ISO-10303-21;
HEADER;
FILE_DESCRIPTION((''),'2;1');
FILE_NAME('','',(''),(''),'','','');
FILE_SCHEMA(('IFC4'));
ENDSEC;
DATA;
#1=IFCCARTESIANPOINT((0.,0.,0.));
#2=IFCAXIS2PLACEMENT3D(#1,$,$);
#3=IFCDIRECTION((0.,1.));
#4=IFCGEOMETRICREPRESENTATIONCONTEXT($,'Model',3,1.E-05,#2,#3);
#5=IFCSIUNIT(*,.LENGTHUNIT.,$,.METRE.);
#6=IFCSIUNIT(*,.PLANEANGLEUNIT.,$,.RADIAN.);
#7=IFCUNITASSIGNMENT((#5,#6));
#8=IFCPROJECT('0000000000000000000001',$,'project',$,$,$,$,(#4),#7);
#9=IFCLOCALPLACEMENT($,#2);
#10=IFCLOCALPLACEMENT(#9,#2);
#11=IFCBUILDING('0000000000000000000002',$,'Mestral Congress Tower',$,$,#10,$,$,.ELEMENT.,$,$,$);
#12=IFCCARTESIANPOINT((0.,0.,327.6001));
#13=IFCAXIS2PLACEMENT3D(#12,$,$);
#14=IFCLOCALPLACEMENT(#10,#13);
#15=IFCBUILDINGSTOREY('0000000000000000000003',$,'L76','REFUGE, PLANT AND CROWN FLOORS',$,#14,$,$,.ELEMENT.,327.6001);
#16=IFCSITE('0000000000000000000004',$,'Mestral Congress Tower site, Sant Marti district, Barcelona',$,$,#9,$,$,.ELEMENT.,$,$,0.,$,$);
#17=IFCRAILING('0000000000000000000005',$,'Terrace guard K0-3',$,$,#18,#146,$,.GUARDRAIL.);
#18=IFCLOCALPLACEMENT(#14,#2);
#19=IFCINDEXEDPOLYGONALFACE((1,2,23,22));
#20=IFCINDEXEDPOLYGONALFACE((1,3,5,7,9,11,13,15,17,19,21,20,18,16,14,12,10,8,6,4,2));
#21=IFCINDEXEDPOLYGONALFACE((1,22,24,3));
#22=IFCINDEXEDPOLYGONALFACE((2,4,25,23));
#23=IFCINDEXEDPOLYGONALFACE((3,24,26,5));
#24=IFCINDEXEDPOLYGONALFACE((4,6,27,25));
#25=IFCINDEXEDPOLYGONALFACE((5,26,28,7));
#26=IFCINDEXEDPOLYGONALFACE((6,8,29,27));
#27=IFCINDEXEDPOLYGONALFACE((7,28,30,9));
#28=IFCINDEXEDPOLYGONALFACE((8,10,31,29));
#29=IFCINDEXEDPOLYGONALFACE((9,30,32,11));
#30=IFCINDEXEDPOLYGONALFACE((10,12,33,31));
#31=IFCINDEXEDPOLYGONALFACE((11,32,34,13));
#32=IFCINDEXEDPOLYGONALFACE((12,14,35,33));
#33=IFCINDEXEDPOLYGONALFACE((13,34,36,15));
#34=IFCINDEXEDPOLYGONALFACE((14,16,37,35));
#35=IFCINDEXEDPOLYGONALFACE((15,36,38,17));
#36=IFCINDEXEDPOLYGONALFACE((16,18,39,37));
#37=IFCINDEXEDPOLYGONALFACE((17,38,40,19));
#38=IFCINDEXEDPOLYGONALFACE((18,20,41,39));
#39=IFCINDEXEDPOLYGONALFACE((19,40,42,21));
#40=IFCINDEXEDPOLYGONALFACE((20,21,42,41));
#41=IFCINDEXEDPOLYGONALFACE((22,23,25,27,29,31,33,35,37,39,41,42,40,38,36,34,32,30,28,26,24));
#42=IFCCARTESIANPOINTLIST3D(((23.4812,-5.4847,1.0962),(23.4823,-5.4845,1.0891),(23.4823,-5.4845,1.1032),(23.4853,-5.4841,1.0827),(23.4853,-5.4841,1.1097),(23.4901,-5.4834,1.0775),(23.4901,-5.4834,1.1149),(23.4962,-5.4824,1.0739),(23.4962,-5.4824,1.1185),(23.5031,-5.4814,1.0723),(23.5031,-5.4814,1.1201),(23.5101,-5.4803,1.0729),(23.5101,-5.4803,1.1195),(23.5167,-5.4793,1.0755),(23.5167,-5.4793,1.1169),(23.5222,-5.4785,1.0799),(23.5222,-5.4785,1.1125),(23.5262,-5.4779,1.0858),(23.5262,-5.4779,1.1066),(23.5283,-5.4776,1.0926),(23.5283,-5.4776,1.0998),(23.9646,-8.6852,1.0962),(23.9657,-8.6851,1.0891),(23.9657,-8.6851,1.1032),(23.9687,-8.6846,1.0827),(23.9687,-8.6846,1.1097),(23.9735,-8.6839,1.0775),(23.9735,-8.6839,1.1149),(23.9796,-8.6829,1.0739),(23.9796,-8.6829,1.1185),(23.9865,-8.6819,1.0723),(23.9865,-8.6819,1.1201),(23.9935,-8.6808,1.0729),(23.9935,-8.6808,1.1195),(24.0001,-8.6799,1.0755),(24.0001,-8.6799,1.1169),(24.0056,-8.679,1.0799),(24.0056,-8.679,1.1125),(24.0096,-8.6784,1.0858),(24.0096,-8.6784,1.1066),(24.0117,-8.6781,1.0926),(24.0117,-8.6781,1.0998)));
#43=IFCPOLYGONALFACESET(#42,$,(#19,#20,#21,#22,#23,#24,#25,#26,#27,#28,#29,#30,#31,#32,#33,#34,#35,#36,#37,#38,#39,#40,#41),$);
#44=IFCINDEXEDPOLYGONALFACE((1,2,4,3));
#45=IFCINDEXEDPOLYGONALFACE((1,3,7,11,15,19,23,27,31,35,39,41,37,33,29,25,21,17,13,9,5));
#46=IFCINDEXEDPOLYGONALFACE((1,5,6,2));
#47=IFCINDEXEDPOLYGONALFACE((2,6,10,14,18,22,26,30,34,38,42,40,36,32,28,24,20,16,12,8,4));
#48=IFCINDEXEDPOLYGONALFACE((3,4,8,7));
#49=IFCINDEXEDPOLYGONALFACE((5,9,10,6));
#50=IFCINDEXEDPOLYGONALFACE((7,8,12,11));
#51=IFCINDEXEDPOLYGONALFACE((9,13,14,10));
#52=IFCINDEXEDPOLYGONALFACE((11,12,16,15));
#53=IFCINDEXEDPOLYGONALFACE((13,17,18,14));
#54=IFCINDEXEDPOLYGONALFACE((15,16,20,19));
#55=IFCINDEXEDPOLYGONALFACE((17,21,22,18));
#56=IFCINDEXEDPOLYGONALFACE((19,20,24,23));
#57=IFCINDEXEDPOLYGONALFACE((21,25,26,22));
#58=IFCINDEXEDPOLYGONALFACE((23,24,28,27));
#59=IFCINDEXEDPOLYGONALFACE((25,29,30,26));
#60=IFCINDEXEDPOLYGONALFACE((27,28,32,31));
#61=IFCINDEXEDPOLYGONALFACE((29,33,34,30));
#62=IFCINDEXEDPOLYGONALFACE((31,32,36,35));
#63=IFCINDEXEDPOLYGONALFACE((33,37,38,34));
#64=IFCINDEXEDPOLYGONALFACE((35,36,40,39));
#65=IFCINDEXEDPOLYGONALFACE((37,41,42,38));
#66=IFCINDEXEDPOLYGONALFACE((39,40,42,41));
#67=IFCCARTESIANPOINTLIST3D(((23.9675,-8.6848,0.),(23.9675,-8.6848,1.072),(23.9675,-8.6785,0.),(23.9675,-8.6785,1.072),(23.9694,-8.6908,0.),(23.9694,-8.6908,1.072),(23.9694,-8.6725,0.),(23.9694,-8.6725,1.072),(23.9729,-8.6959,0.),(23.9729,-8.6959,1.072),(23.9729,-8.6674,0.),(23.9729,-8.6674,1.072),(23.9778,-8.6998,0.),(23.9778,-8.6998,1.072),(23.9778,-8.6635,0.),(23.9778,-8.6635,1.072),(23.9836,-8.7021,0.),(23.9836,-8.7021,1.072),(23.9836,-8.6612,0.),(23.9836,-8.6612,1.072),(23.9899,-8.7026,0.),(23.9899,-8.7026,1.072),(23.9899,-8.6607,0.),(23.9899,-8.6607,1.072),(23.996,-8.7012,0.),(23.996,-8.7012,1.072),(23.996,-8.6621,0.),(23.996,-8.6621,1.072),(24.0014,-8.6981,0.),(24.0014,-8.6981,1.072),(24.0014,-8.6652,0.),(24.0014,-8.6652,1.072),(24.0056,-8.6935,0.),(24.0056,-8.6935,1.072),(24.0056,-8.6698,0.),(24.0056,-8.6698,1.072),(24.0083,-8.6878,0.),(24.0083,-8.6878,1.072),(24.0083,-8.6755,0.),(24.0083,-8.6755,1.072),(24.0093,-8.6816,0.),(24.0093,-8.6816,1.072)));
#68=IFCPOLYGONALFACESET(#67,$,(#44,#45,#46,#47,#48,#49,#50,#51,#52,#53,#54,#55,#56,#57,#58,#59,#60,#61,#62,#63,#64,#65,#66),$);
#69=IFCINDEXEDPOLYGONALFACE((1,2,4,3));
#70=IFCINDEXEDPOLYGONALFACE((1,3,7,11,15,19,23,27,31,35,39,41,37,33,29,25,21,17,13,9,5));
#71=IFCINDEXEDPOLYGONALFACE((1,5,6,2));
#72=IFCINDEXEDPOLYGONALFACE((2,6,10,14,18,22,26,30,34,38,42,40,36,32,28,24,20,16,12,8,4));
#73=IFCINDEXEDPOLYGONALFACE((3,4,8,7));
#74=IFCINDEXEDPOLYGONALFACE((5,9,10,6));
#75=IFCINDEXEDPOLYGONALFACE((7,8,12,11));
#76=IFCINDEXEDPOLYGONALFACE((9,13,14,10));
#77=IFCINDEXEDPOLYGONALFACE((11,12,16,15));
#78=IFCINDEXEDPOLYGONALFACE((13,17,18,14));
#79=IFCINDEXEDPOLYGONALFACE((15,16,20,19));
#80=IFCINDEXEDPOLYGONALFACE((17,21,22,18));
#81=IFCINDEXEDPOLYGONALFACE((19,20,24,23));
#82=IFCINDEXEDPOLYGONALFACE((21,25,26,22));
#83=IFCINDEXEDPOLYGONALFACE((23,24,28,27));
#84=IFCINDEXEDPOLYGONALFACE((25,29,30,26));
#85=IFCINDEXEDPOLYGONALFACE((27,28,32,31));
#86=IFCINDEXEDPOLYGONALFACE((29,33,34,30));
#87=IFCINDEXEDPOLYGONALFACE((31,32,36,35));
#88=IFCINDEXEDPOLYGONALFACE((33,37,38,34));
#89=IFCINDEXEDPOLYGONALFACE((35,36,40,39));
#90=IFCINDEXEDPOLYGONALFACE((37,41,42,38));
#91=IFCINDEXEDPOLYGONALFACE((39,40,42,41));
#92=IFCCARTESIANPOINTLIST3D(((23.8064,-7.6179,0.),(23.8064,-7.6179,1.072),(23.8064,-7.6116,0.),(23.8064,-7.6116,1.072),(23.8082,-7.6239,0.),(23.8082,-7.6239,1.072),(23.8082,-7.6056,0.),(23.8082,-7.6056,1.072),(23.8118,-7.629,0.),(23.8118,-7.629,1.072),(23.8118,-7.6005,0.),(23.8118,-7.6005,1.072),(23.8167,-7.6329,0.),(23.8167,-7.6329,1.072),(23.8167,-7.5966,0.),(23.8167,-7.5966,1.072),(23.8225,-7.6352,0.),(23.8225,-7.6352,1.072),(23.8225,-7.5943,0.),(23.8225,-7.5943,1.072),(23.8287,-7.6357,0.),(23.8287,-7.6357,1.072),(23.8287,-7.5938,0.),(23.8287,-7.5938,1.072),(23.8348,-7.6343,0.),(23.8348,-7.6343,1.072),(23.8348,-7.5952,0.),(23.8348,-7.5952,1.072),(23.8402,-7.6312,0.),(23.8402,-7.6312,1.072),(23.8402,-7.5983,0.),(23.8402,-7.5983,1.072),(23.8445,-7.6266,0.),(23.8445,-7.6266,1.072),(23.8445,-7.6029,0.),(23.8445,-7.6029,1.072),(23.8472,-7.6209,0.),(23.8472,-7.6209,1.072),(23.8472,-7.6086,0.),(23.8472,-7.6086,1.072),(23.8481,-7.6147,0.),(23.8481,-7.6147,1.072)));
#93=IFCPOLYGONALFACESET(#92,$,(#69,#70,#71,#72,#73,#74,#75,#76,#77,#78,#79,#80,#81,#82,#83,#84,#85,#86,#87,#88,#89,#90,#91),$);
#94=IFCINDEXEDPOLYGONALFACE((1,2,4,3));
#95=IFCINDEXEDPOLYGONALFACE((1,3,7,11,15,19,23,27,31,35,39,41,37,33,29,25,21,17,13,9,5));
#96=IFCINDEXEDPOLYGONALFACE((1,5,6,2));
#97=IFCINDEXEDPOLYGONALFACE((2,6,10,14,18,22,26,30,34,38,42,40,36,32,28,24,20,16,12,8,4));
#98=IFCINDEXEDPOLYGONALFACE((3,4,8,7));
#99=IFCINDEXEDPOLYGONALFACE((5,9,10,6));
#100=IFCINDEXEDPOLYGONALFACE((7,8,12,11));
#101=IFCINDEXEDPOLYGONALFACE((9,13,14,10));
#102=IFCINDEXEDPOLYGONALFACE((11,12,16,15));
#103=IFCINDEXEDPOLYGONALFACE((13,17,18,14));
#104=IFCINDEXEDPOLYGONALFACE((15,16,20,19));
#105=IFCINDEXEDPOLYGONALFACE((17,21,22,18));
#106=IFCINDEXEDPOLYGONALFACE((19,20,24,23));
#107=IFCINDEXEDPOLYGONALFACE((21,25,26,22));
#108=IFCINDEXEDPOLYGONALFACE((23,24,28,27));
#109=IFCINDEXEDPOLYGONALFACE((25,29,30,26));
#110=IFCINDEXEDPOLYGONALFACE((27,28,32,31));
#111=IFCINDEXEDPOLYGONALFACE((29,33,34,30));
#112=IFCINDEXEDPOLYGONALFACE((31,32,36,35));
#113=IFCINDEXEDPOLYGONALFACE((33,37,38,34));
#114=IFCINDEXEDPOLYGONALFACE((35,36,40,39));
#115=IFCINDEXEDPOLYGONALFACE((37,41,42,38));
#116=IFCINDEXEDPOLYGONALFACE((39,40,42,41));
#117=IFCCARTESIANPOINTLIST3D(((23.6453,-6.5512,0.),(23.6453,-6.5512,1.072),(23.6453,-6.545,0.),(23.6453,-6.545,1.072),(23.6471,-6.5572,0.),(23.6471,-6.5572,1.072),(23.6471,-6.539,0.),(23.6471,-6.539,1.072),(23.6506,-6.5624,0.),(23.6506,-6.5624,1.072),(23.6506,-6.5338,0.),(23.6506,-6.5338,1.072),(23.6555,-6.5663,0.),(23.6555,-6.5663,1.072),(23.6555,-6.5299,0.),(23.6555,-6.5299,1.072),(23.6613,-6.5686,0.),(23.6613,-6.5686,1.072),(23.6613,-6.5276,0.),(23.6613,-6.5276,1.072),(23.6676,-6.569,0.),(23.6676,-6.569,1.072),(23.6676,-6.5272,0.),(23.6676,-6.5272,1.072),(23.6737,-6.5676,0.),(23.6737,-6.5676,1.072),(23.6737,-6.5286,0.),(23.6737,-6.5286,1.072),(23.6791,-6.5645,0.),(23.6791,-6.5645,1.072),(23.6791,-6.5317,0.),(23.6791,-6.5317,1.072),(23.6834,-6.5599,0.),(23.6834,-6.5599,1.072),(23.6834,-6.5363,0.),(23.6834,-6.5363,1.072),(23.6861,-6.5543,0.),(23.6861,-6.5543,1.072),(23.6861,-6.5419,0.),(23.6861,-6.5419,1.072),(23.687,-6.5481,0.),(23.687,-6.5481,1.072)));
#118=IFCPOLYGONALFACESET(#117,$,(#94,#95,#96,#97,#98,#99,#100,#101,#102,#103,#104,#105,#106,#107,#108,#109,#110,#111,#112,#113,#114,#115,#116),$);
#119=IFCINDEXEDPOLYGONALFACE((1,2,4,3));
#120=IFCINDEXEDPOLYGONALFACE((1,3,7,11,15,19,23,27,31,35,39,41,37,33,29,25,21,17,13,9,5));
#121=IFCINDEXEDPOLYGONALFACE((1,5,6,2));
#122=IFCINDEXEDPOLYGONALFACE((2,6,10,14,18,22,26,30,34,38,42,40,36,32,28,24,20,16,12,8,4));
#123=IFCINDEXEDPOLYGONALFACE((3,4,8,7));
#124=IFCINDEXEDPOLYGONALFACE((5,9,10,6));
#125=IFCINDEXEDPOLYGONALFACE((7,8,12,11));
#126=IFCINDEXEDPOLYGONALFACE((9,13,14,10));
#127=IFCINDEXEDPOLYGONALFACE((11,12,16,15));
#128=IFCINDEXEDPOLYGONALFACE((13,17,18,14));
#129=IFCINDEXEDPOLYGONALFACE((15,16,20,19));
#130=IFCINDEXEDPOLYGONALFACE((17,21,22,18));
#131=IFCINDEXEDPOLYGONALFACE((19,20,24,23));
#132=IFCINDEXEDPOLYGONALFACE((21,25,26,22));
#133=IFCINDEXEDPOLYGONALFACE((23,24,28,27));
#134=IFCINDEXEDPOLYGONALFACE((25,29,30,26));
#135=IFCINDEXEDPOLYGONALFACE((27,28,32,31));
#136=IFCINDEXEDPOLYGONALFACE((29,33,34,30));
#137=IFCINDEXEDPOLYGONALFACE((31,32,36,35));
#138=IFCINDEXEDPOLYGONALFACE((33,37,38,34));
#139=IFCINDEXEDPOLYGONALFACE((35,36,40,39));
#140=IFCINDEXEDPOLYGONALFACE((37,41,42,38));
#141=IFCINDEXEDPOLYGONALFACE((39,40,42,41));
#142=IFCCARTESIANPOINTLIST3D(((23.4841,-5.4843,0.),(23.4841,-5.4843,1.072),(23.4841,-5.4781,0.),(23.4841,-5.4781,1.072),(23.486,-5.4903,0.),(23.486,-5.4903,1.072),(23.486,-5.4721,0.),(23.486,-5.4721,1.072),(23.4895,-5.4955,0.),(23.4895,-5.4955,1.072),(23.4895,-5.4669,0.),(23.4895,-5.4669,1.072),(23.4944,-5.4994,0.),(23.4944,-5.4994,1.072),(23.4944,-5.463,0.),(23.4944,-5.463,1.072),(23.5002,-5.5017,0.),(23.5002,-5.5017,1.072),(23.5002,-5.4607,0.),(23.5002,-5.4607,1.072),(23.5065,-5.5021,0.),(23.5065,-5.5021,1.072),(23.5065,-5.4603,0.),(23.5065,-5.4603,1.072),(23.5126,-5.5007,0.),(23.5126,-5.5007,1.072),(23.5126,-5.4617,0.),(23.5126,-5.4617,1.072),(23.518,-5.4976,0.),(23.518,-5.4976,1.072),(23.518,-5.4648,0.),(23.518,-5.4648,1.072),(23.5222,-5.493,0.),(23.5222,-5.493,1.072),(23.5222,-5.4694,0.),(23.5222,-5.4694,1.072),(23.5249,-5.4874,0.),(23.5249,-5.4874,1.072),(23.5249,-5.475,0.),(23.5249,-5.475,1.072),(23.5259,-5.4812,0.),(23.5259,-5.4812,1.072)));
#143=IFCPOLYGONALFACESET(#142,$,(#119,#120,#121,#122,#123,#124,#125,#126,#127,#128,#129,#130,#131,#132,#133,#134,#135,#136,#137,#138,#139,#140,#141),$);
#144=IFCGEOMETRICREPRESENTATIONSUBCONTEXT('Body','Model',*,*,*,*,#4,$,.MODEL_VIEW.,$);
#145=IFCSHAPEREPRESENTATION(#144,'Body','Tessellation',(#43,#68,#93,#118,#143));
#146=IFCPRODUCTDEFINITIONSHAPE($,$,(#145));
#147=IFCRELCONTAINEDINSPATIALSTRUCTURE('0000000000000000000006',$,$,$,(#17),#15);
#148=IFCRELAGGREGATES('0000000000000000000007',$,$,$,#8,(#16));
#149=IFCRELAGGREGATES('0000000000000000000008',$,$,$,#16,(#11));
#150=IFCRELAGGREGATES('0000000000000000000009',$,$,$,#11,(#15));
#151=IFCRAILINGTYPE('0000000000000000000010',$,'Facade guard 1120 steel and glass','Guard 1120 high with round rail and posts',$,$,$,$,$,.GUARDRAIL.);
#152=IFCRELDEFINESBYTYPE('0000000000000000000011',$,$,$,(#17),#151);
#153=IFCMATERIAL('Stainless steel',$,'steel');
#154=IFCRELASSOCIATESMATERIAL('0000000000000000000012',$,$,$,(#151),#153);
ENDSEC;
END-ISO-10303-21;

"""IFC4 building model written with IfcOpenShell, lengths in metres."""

from ifc_helpers import new_model, si_unit, direction, frame, origin, origin_2d, place, context, subcontext, project, spatial, circle, extrude, material, type_object, element, save


model = new_model("IFC4")

# Units and contexts
model_context = context("Model", 3, precision=1e-05, world=origin(), true_north=direction((0.0, 1.0)))
body_context = subcontext(model_context, "Body", "Model", "MODEL_VIEW")
ifc_project = project(units=[si_unit("LENGTHUNIT", "METRE"), si_unit("PLANEANGLEUNIT", "RADIAN")], contexts=[model_context])

# Site, building, storey
site_placement = place(None, origin())
site = spatial("IfcSite", under=ifc_project, at=site_placement, Name="Mestral Congress Tower site, Sant Marti district, Barcelona", CompositionType="ELEMENT", RefElevation=0.0)
building_placement = place(site_placement, origin())
building = spatial("IfcBuilding", under=site, at=building_placement, Name="Mestral Congress Tower", CompositionType="ELEMENT")
storey_placement = place(building_placement, frame((0.0, 0.0, 327.6001)))
storey = spatial("IfcBuildingStorey", under=building, at=storey_placement, Name="L76", Description="REFUGE, PLANT AND CROWN FLOORS", CompositionType="ELEMENT", Elevation=327.6001)

# Railing
ifc_material_1 = material(Name="Stainless steel", Category="steel")
railing_type = type_object("IfcRailingType", Name="Facade guard 1120 steel and glass", Description="Guard 1120 high with round rail and posts", PredefinedType="GUARDRAIL", material=ifc_material_1)
railing_1_placement = place(storey_placement, frame((23.9883, -8.6816, 0.0)))
element("IfcRailing", 1, at=railing_1_placement, inside=storey, type_object=railing_type, Name="Terrace guard K0-3", PredefinedType="GUARDRAIL", context=body_context, shape_type="SweptSolid", body=[
    extrude(circle(Radius=0.0239, at=origin_2d()), frame((0.0, 0.0, 1.0962), z_axis=(-0.149347, 0.988785, 0.0), x_axis=(-0.988785, -0.149347, 0.0)), (0.0, 0.0, 1.0), 3.2368),
    extrude(circle(Radius=0.021, at=origin_2d()), origin(), (0.0, 0.0, 1.0), 1.072),
    extrude(circle(Radius=0.021, at=origin_2d()), frame((-0.1611, 1.0669, 0.0)), (0.0, 0.0, 1.0), 1.072),
    extrude(circle(Radius=0.021, at=origin_2d()), frame((-0.3223, 2.1335, 0.0)), (0.0, 0.0, 1.0), 1.072),
    extrude(circle(Radius=0.021, at=origin_2d()), frame((-0.4834, 3.2004, 0.0)), (0.0, 0.0, 1.0), 1.072),
])

save(model, "model.ifc")
